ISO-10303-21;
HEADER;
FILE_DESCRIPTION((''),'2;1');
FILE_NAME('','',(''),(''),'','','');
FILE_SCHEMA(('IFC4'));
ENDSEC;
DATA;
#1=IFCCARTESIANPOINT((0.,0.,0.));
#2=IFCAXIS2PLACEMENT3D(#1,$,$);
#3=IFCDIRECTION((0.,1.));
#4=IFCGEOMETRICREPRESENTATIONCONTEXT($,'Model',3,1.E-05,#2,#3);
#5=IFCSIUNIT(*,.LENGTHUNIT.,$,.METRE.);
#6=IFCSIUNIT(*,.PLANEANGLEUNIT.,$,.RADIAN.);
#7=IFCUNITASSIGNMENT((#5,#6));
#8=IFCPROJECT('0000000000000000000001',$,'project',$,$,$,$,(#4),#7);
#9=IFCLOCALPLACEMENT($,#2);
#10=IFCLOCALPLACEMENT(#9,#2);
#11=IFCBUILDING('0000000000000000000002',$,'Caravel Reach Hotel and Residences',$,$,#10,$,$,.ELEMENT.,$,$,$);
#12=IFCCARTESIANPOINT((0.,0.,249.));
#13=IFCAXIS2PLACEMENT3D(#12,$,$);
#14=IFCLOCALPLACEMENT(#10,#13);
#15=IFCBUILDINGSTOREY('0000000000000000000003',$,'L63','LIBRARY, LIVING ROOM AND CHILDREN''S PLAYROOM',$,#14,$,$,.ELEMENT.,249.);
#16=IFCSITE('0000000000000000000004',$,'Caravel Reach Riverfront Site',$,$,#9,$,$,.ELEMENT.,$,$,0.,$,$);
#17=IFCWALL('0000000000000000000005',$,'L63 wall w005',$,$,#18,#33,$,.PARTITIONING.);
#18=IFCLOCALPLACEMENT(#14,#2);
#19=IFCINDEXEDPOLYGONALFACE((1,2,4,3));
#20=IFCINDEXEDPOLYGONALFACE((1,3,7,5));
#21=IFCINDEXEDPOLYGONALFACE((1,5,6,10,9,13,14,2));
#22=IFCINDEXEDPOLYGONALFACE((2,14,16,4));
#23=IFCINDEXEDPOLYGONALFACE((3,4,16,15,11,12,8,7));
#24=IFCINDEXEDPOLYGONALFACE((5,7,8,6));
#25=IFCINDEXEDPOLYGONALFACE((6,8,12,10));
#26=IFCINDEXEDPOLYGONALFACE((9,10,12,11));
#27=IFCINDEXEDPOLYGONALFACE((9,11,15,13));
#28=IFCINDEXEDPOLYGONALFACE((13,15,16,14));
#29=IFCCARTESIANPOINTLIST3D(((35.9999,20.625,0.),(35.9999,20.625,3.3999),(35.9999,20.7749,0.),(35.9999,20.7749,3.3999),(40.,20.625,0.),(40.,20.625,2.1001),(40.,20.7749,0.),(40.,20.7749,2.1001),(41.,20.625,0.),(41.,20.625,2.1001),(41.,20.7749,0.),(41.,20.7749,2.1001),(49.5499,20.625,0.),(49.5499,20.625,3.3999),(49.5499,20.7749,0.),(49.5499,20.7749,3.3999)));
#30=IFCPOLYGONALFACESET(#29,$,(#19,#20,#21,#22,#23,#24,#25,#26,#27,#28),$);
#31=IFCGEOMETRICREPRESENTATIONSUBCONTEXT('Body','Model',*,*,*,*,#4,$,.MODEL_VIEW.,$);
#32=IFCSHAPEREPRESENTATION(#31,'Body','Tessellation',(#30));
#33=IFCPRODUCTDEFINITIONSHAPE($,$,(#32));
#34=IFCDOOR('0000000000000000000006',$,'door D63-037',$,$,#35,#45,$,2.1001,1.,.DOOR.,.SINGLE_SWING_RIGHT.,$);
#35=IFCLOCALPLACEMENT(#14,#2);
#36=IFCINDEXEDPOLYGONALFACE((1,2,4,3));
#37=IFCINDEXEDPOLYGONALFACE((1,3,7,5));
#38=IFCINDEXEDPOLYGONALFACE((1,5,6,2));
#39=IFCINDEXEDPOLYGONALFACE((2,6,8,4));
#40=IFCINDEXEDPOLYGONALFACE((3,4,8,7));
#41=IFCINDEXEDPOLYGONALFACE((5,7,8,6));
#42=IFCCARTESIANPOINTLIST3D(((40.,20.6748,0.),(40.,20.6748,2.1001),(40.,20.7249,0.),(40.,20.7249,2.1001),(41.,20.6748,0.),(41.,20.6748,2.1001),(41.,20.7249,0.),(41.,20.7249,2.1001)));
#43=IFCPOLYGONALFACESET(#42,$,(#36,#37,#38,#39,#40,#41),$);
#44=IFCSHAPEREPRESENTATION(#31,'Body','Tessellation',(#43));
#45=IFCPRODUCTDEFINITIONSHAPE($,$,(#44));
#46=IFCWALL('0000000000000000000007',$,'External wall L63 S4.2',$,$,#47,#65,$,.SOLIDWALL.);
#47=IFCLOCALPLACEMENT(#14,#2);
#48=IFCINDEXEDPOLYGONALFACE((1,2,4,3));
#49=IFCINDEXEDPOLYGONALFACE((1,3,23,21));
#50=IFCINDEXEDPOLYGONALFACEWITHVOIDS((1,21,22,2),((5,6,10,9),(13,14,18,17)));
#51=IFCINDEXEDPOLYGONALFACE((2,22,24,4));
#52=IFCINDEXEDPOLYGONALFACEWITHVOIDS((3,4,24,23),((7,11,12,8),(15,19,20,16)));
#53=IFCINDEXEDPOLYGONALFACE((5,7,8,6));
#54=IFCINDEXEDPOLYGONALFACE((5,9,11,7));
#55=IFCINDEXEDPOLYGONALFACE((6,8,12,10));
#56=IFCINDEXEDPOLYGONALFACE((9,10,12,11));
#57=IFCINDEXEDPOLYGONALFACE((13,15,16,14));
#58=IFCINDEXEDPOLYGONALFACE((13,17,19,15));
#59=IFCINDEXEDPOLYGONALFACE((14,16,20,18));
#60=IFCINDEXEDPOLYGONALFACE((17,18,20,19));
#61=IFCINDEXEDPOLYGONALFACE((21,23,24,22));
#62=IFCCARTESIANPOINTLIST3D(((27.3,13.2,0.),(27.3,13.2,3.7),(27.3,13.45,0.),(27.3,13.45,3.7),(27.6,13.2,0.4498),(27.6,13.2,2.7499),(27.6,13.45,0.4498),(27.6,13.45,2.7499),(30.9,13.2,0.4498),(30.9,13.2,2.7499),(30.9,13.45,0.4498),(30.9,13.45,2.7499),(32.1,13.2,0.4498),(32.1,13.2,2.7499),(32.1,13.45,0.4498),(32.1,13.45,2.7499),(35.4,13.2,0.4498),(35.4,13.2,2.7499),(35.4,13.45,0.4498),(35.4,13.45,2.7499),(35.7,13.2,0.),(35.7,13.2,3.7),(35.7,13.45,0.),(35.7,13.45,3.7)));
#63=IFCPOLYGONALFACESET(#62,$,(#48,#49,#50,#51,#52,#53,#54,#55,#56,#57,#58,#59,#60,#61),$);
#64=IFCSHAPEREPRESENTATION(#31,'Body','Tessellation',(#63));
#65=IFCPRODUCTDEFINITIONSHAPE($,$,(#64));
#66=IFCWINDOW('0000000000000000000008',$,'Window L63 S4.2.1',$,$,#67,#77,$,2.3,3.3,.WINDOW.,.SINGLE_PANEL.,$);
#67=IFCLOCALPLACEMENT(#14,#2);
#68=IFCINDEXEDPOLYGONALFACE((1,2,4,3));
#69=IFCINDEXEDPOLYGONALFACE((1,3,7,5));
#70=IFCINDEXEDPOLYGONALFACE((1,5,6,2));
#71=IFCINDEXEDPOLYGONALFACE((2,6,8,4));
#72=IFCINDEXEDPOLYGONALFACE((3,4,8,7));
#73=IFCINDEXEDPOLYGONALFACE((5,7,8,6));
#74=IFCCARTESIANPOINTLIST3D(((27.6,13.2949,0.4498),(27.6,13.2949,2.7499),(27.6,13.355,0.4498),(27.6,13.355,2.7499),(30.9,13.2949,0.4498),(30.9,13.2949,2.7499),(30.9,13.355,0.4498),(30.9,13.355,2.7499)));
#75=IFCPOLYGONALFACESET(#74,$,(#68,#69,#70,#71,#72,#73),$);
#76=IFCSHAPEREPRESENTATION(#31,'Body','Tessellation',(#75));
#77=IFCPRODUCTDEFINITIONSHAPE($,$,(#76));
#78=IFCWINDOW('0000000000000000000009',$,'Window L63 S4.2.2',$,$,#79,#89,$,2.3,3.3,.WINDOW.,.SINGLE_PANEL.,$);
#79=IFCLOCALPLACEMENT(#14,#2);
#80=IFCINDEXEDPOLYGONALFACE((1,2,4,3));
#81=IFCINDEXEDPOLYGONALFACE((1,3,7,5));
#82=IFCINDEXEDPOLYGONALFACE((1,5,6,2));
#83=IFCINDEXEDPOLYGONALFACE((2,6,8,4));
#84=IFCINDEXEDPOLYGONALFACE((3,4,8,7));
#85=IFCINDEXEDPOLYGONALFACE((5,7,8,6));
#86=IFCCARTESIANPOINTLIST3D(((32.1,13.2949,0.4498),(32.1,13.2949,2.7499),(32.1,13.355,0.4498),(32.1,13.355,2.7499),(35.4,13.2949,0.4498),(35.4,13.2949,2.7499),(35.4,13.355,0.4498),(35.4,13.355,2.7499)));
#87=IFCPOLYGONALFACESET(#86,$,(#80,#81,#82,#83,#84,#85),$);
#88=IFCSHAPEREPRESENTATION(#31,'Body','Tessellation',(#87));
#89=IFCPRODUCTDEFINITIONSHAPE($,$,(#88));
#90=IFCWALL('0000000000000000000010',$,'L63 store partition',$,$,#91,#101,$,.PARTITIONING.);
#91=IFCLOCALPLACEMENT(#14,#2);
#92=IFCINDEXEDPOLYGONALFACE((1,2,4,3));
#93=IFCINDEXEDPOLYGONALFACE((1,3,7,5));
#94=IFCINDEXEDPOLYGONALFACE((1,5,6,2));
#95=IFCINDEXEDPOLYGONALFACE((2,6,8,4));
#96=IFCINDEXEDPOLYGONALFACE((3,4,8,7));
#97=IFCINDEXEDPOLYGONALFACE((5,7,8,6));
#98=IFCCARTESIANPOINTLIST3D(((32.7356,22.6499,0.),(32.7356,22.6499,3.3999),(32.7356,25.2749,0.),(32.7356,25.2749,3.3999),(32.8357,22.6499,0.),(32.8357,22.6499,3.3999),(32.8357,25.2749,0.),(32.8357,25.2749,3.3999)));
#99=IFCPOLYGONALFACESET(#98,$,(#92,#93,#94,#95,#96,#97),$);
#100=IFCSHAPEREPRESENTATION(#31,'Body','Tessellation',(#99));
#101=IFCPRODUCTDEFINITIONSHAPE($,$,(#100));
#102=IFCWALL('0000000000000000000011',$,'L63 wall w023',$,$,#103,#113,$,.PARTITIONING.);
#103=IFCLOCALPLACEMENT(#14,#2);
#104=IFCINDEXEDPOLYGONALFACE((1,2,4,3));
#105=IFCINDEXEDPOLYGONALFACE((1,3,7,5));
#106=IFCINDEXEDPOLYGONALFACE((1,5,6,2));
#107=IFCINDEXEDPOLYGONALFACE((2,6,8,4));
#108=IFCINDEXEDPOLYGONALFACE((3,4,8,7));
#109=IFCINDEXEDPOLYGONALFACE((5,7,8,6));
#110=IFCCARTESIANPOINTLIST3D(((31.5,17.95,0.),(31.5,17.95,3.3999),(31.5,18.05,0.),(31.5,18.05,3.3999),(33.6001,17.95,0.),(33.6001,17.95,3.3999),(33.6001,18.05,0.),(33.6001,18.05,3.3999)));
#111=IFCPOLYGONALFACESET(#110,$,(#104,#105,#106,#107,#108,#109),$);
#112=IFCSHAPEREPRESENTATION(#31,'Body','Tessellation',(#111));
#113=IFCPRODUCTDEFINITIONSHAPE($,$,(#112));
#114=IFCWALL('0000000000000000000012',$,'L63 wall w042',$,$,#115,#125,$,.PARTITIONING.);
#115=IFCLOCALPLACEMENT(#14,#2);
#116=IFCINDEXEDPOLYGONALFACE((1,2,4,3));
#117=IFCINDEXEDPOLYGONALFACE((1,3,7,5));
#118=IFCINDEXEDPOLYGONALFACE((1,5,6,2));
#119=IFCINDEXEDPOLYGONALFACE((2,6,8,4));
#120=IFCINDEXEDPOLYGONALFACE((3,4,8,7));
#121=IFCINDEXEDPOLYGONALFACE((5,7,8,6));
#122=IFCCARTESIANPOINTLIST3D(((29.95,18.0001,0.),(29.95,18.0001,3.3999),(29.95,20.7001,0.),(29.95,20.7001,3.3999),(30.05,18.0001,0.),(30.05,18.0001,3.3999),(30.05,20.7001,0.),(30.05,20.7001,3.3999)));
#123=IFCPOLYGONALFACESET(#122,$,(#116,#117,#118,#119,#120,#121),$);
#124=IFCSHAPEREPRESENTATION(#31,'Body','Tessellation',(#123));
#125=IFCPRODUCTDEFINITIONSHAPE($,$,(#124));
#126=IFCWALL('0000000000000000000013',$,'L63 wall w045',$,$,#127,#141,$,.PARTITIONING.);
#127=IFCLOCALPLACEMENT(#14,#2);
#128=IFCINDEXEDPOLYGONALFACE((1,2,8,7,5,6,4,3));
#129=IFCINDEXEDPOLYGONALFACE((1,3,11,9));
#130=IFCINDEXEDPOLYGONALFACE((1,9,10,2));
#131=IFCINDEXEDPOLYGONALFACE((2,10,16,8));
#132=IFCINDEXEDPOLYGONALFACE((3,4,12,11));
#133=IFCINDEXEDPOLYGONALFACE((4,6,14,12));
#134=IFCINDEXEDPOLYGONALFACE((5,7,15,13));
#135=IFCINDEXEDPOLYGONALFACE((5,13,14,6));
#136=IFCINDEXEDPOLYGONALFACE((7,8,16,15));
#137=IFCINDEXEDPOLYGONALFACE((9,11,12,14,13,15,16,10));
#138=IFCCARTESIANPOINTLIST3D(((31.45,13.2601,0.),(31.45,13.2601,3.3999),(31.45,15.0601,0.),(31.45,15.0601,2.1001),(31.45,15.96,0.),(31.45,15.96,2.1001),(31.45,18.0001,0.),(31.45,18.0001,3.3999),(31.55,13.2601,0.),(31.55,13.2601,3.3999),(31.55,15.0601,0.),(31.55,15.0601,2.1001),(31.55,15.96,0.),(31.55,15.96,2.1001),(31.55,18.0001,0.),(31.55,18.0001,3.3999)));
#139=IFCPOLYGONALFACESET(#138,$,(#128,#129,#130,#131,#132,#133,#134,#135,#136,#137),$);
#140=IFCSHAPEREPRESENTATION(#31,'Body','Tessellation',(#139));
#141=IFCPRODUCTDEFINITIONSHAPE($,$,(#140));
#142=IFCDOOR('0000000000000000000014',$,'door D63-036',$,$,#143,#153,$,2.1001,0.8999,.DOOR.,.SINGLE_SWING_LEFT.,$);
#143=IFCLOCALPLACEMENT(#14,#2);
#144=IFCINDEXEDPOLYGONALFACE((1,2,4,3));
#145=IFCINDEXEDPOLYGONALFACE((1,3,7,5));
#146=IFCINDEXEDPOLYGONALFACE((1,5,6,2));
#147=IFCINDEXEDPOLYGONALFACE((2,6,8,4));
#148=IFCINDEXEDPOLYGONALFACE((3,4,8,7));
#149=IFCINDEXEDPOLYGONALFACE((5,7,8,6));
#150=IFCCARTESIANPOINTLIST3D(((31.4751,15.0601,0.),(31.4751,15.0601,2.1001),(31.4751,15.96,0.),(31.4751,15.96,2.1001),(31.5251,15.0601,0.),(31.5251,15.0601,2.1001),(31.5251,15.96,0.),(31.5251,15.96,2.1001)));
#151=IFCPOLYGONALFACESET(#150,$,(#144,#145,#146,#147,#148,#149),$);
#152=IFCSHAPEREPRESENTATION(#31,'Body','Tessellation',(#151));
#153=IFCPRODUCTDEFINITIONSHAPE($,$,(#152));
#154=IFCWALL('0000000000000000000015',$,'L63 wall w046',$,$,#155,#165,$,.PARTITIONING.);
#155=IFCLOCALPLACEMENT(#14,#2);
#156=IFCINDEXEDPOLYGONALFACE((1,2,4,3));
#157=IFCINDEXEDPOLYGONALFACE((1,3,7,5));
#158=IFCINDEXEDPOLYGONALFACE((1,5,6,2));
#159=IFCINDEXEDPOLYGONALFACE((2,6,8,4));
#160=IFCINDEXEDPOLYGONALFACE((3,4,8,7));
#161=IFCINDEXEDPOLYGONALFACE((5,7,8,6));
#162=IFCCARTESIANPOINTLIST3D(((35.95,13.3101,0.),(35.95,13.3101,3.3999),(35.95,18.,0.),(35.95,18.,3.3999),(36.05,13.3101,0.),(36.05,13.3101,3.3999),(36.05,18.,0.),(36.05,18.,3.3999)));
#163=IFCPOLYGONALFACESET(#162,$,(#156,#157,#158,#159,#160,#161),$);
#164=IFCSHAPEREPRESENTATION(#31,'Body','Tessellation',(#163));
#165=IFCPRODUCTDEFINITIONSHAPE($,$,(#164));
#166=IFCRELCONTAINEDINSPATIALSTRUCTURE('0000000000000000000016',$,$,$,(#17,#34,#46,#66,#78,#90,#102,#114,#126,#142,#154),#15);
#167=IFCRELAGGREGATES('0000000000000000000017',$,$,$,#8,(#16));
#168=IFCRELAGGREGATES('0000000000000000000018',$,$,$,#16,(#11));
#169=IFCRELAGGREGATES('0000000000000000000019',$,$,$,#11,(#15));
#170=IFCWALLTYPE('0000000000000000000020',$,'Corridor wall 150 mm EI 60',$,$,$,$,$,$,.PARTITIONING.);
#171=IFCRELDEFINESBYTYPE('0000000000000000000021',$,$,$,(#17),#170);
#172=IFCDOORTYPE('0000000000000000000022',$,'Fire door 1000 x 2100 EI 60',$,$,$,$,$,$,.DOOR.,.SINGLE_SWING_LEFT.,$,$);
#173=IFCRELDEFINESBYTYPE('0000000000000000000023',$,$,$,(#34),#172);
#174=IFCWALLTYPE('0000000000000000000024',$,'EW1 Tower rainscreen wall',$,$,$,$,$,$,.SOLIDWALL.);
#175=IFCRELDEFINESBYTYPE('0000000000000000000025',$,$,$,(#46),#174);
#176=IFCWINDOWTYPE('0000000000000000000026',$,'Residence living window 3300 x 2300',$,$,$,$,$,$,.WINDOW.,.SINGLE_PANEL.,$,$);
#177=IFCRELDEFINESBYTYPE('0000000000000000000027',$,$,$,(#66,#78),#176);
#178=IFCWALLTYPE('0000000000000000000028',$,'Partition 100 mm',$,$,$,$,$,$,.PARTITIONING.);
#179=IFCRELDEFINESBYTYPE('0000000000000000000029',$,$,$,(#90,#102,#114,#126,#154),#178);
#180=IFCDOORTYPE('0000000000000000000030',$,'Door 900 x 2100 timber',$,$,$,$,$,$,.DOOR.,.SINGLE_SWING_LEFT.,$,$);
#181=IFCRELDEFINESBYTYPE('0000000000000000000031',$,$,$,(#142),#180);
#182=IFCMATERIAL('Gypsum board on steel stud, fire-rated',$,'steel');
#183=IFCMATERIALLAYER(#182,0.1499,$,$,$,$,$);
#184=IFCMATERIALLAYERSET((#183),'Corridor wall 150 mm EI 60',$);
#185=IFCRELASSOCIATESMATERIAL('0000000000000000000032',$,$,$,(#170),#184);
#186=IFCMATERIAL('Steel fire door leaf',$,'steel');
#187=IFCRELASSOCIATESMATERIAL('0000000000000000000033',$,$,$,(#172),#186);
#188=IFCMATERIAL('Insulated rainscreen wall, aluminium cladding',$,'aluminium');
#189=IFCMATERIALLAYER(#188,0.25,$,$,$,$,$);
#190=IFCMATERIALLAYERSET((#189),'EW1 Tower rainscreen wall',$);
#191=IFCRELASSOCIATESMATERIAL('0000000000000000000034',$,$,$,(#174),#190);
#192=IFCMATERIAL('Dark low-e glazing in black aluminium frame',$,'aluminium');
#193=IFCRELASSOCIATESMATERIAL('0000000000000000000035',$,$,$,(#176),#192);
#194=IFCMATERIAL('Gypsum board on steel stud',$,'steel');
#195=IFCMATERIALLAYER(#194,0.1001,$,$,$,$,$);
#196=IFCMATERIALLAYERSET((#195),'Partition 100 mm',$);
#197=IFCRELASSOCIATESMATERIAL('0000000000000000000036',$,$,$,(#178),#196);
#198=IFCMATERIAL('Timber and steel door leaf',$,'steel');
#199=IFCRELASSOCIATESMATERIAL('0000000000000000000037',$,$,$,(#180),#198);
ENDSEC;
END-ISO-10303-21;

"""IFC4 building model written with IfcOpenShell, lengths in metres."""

from ifc_helpers import new_model, si_unit, direction, frame, frame_2d, origin, place, context, subcontext, project, spatial, rectangle, extrude, material, layer, layer_set, type_object, element, fill, save


model = new_model("IFC4")

# Units and contexts
model_context = context("Model", 3, precision=1e-05, world=origin(), true_north=direction((0.0, 1.0)))
body_context = subcontext(model_context, "Body", "Model", "MODEL_VIEW")
ifc_project = project(units=[si_unit("LENGTHUNIT", "METRE"), si_unit("PLANEANGLEUNIT", "RADIAN")], contexts=[model_context])

# Site, building, storey
site_placement = place(None, origin())
site = spatial("IfcSite", under=ifc_project, at=site_placement, Name="Caravel Reach Riverfront Site", CompositionType="ELEMENT", RefElevation=0.0)
building_placement = place(site_placement, origin())
building = spatial("IfcBuilding", under=site, at=building_placement, Name="Caravel Reach Hotel and Residences", CompositionType="ELEMENT")
storey_placement = place(building_placement, frame((0.0, 0.0, 249.0)))
storey = spatial("IfcBuildingStorey", under=building, at=storey_placement, Name="L63", Description="LIBRARY, LIVING ROOM AND CHILDREN'S PLAYROOM", CompositionType="ELEMENT", Elevation=249.0)

# Wall, opening, door
ifc_material_1 = material(Name="Gypsum board on steel stud, fire-rated", Category="steel")
ifc_layer_1 = layer(ifc_material_1, 0.1499)
ifc_layer_set_1 = layer_set([ifc_layer_1], Name="Corridor wall 150 mm EI 60")
wall_type_1 = type_object("IfcWallType", Name="Corridor wall 150 mm EI 60", PredefinedType="PARTITIONING", material=ifc_layer_set_1)
wall_1_placement = place(storey_placement, frame((36.0, 20.7, 0.0), z_axis=(0.0, 0.0, 1.0), x_axis=(1.0, 0.0, 0.0)))
wall_1 = element("IfcWall", 1, at=wall_1_placement, inside=storey, type_object=wall_type_1, Name="L63 wall w005", PredefinedType="PARTITIONING", context=body_context, shape_type="SweptSolid", body=[
    extrude(rectangle(XDim=13.55, YDim=0.1499, at=frame_2d((6.7749, 0.0))), origin(), (0.0, 0.0, 1.0), 3.3999),
])
opening_1_placement = place(wall_1_placement, frame((4.0, 0.0, 0.0)))
opening_1 = element("IfcOpeningElement", 2, at=opening_1_placement, cuts=wall_1, PredefinedType="OPENING", context=body_context, shape_type="SweptSolid", body=[
    extrude(rectangle(XDim=1.0, YDim=2.1001, at=frame_2d((0.5, 1.05))), frame((0.0, 0.085, 0.0), z_axis=(0.0, -1.0, 0.0), x_axis=(1.0, 0.0, 0.0)), (0.0, 0.0, 1.0), 0.1699),
])
ifc_material_2 = material(Name="Steel fire door leaf", Category="steel")
door_type_1 = type_object("IfcDoorType", Name="Fire door 1000 x 2100 EI 60", OperationType="SINGLE_SWING_LEFT", PredefinedType="DOOR", material=ifc_material_2)
door_1_placement = place(opening_1_placement, origin())
door_1 = element("IfcDoor", 3, at=door_1_placement, inside=storey, type_object=door_type_1, Name="door D63-037", OperationType="SINGLE_SWING_RIGHT", OverallHeight=2.1001, OverallWidth=1.0, PredefinedType="DOOR", context=body_context, shape_type="SweptSolid", body=[
    extrude(rectangle(XDim=1.0, YDim=2.1001, at=frame_2d((0.5, 1.05))), frame((0.0, 0.0249, 0.0), z_axis=(0.0, -1.0, 0.0), x_axis=(1.0, 0.0, 0.0)), (0.0, 0.0, 1.0), 0.05),
])
fill(opening_1, door_1)

# Wall, openings, windows
ifc_material_3 = material(Name="Insulated rainscreen wall, aluminium cladding", Category="aluminium")
ifc_layer_2 = layer(ifc_material_3, 0.25)
ifc_layer_set_2 = layer_set([ifc_layer_2], Name="EW1 Tower rainscreen wall")
wall_type_2 = type_object("IfcWallType", Name="EW1 Tower rainscreen wall", PredefinedType="SOLIDWALL", material=ifc_layer_set_2)
wall_2_placement = place(storey_placement, frame((27.3, 13.325, 0.0), z_axis=(0.0, 0.0, 1.0), x_axis=(1.0, 0.0, 0.0)))
wall_2 = element("IfcWall", 4, at=wall_2_placement, inside=storey, type_object=wall_type_2, Name="External wall L63 S4.2", PredefinedType="SOLIDWALL", context=body_context, shape_type="SweptSolid", body=[
    extrude(rectangle(XDim=8.3999, YDim=0.25, at=frame_2d((4.2, 0.0))), origin(), (0.0, 0.0, 1.0), 3.7),
])
opening_2_placement = place(wall_2_placement, frame((0.3, 0.0, 0.45)))
opening_2 = element("IfcOpeningElement", 5, at=opening_2_placement, cuts=wall_2, PredefinedType="OPENING", context=body_context, shape_type="SweptSolid", body=[
    extrude(rectangle(XDim=3.3, YDim=2.3, at=frame_2d((1.6499, 1.1499))), frame((0.0, 0.135, 0.0), z_axis=(0.0, -1.0, 0.0), x_axis=(1.0, 0.0, 0.0)), (0.0, 0.0, 1.0), 0.27),
])
opening_3_placement = place(wall_2_placement, frame((4.8, 0.0, 0.45)))
opening_3 = element("IfcOpeningElement", 6, at=opening_3_placement, cuts=wall_2, PredefinedType="OPENING", context=body_context, shape_type="SweptSolid", body=[
    extrude(rectangle(XDim=3.3, YDim=2.3, at=frame_2d((1.6499, 1.1499))), frame((0.0, 0.135, 0.0), z_axis=(0.0, -1.0, 0.0), x_axis=(1.0, 0.0, 0.0)), (0.0, 0.0, 1.0), 0.27),
])
ifc_material_4 = material(Name="Dark low-e glazing in black aluminium frame", Category="aluminium")
window_type = type_object("IfcWindowType", Name="Residence living window 3300 x 2300", PartitioningType="SINGLE_PANEL", PredefinedType="WINDOW", material=ifc_material_4)
window_1_placement = place(opening_2_placement, origin())
window_1 = element("IfcWindow", 7, at=window_1_placement, inside=storey, type_object=window_type, Name="Window L63 S4.2.1", OverallHeight=2.3, OverallWidth=3.3, PartitioningType="SINGLE_PANEL", PredefinedType="WINDOW", context=body_context, shape_type="SweptSolid", body=[
    extrude(rectangle(XDim=3.3, YDim=2.3, at=frame_2d((1.6499, 1.1499))), frame((0.0, 0.03, 0.0), z_axis=(0.0, -1.0, 0.0), x_axis=(1.0, 0.0, 0.0)), (0.0, 0.0, 1.0), 0.0601),
])
fill(opening_2, window_1)
window_2_placement = place(opening_3_placement, origin())
window_2 = element("IfcWindow", 8, at=window_2_placement, inside=storey, type_object=window_type, Name="Window L63 S4.2.2", OverallHeight=2.3, OverallWidth=3.3, PartitioningType="SINGLE_PANEL", PredefinedType="WINDOW", context=body_context, shape_type="SweptSolid", body=[
    extrude(rectangle(XDim=3.3, YDim=2.3, at=frame_2d((1.6499, 1.1499))), frame((0.0, 0.03, 0.0), z_axis=(0.0, -1.0, 0.0), x_axis=(1.0, 0.0, 0.0)), (0.0, 0.0, 1.0), 0.0601),
])
fill(opening_3, window_2)

# Walls
ifc_material_5 = material(Name="Gypsum board on steel stud", Category="steel")
ifc_layer_3 = layer(ifc_material_5, 0.1001)
ifc_layer_set_3 = layer_set([ifc_layer_3], Name="Partition 100 mm")
wall_type_3 = type_object("IfcWallType", Name="Partition 100 mm", PredefinedType="PARTITIONING", material=ifc_layer_set_3)
wall_3_placement = place(storey_placement, frame((32.7856, 22.6499, 0.0), z_axis=(0.0, 0.0, 1.0), x_axis=(0.0, 1.0, 0.0)))
element("IfcWall", 9, at=wall_3_placement, inside=storey, type_object=wall_type_3, Name="L63 store partition", PredefinedType="PARTITIONING", context=body_context, shape_type="SweptSolid", body=[
    extrude(rectangle(XDim=2.625, YDim=0.1001, at=frame_2d((1.3125, 0.0))), origin(), (0.0, 0.0, 1.0), 3.3999),
])
wall_4_placement = place(storey_placement, frame((31.5, 18.0, 0.0), z_axis=(0.0, 0.0, 1.0), x_axis=(1.0, 0.0, 0.0)))
element("IfcWall", 10, at=wall_4_placement, inside=storey, type_object=wall_type_3, Name="L63 wall w023", PredefinedType="PARTITIONING", context=body_context, shape_type="SweptSolid", body=[
    extrude(rectangle(XDim=2.1001, YDim=0.1001, at=frame_2d((1.05, 0.0))), origin(), (0.0, 0.0, 1.0), 3.3999),
])
wall_5_placement = place(storey_placement, frame((30.0, 18.0, 0.0), z_axis=(0.0, 0.0, 1.0), x_axis=(0.0, 1.0, 0.0)))
element("IfcWall", 11, at=wall_5_placement, inside=storey, type_object=wall_type_3, Name="L63 wall w042", PredefinedType="PARTITIONING", context=body_context, shape_type="SweptSolid", body=[
    extrude(rectangle(XDim=2.7, YDim=0.1001, at=frame_2d((1.3501, 0.0))), origin(), (0.0, 0.0, 1.0), 3.3999),
])

# Wall, opening, door
wall_6_placement = place(storey_placement, frame((31.5, 13.26, 0.0), z_axis=(0.0, 0.0, 1.0), x_axis=(0.0, 1.0, 0.0)))
wall_6 = element("IfcWall", 12, at=wall_6_placement, inside=storey, type_object=wall_type_3, Name="L63 wall w045", PredefinedType="PARTITIONING", context=body_context, shape_type="SweptSolid", body=[
    extrude(rectangle(XDim=4.74, YDim=0.1001, at=frame_2d((2.3701, 0.0))), origin(), (0.0, 0.0, 1.0), 3.3999),
])
opening_4_placement = place(wall_6_placement, frame((1.8, 0.0, 0.0)))
opening_4 = element("IfcOpeningElement", 13, at=opening_4_placement, cuts=wall_6, PredefinedType="OPENING", context=body_context, shape_type="SweptSolid", body=[
    extrude(rectangle(XDim=0.8999, YDim=2.1001, at=frame_2d((0.45, 1.05))), frame((0.0, 0.0601, 0.0), z_axis=(0.0, -1.0, 0.0), x_axis=(1.0, 0.0, 0.0)), (0.0, 0.0, 1.0), 0.1201),
])
ifc_material_6 = material(Name="Timber and steel door leaf", Category="steel")
door_type_2 = type_object("IfcDoorType", Name="Door 900 x 2100 timber", OperationType="SINGLE_SWING_LEFT", PredefinedType="DOOR", material=ifc_material_6)
door_2_placement = place(opening_4_placement, origin())
door_2 = element("IfcDoor", 14, at=door_2_placement, inside=storey, type_object=door_type_2, Name="door D63-036", OperationType="SINGLE_SWING_LEFT", OverallHeight=2.1001, OverallWidth=0.8999, PredefinedType="DOOR", context=body_context, shape_type="SweptSolid", body=[
    extrude(rectangle(XDim=0.8999, YDim=2.1001, at=frame_2d((0.45, 1.05))), frame((0.0, 0.0249, 0.0), z_axis=(0.0, -1.0, 0.0), x_axis=(1.0, 0.0, 0.0)), (0.0, 0.0, 1.0), 0.05),
])
fill(opening_4, door_2)

# Wall
wall_7_placement = place(storey_placement, frame((36.0, 13.3101, 0.0), z_axis=(0.0, 0.0, 1.0), x_axis=(0.0, 1.0, 0.0)))
element("IfcWall", 15, at=wall_7_placement, inside=storey, type_object=wall_type_3, Name="L63 wall w046", PredefinedType="PARTITIONING", context=body_context, shape_type="SweptSolid", body=[
    extrude(rectangle(XDim=4.6899, YDim=0.1001, at=frame_2d((2.345, 0.0))), origin(), (0.0, 0.0, 1.0), 3.3999),
])

save(model, "model.ifc")
